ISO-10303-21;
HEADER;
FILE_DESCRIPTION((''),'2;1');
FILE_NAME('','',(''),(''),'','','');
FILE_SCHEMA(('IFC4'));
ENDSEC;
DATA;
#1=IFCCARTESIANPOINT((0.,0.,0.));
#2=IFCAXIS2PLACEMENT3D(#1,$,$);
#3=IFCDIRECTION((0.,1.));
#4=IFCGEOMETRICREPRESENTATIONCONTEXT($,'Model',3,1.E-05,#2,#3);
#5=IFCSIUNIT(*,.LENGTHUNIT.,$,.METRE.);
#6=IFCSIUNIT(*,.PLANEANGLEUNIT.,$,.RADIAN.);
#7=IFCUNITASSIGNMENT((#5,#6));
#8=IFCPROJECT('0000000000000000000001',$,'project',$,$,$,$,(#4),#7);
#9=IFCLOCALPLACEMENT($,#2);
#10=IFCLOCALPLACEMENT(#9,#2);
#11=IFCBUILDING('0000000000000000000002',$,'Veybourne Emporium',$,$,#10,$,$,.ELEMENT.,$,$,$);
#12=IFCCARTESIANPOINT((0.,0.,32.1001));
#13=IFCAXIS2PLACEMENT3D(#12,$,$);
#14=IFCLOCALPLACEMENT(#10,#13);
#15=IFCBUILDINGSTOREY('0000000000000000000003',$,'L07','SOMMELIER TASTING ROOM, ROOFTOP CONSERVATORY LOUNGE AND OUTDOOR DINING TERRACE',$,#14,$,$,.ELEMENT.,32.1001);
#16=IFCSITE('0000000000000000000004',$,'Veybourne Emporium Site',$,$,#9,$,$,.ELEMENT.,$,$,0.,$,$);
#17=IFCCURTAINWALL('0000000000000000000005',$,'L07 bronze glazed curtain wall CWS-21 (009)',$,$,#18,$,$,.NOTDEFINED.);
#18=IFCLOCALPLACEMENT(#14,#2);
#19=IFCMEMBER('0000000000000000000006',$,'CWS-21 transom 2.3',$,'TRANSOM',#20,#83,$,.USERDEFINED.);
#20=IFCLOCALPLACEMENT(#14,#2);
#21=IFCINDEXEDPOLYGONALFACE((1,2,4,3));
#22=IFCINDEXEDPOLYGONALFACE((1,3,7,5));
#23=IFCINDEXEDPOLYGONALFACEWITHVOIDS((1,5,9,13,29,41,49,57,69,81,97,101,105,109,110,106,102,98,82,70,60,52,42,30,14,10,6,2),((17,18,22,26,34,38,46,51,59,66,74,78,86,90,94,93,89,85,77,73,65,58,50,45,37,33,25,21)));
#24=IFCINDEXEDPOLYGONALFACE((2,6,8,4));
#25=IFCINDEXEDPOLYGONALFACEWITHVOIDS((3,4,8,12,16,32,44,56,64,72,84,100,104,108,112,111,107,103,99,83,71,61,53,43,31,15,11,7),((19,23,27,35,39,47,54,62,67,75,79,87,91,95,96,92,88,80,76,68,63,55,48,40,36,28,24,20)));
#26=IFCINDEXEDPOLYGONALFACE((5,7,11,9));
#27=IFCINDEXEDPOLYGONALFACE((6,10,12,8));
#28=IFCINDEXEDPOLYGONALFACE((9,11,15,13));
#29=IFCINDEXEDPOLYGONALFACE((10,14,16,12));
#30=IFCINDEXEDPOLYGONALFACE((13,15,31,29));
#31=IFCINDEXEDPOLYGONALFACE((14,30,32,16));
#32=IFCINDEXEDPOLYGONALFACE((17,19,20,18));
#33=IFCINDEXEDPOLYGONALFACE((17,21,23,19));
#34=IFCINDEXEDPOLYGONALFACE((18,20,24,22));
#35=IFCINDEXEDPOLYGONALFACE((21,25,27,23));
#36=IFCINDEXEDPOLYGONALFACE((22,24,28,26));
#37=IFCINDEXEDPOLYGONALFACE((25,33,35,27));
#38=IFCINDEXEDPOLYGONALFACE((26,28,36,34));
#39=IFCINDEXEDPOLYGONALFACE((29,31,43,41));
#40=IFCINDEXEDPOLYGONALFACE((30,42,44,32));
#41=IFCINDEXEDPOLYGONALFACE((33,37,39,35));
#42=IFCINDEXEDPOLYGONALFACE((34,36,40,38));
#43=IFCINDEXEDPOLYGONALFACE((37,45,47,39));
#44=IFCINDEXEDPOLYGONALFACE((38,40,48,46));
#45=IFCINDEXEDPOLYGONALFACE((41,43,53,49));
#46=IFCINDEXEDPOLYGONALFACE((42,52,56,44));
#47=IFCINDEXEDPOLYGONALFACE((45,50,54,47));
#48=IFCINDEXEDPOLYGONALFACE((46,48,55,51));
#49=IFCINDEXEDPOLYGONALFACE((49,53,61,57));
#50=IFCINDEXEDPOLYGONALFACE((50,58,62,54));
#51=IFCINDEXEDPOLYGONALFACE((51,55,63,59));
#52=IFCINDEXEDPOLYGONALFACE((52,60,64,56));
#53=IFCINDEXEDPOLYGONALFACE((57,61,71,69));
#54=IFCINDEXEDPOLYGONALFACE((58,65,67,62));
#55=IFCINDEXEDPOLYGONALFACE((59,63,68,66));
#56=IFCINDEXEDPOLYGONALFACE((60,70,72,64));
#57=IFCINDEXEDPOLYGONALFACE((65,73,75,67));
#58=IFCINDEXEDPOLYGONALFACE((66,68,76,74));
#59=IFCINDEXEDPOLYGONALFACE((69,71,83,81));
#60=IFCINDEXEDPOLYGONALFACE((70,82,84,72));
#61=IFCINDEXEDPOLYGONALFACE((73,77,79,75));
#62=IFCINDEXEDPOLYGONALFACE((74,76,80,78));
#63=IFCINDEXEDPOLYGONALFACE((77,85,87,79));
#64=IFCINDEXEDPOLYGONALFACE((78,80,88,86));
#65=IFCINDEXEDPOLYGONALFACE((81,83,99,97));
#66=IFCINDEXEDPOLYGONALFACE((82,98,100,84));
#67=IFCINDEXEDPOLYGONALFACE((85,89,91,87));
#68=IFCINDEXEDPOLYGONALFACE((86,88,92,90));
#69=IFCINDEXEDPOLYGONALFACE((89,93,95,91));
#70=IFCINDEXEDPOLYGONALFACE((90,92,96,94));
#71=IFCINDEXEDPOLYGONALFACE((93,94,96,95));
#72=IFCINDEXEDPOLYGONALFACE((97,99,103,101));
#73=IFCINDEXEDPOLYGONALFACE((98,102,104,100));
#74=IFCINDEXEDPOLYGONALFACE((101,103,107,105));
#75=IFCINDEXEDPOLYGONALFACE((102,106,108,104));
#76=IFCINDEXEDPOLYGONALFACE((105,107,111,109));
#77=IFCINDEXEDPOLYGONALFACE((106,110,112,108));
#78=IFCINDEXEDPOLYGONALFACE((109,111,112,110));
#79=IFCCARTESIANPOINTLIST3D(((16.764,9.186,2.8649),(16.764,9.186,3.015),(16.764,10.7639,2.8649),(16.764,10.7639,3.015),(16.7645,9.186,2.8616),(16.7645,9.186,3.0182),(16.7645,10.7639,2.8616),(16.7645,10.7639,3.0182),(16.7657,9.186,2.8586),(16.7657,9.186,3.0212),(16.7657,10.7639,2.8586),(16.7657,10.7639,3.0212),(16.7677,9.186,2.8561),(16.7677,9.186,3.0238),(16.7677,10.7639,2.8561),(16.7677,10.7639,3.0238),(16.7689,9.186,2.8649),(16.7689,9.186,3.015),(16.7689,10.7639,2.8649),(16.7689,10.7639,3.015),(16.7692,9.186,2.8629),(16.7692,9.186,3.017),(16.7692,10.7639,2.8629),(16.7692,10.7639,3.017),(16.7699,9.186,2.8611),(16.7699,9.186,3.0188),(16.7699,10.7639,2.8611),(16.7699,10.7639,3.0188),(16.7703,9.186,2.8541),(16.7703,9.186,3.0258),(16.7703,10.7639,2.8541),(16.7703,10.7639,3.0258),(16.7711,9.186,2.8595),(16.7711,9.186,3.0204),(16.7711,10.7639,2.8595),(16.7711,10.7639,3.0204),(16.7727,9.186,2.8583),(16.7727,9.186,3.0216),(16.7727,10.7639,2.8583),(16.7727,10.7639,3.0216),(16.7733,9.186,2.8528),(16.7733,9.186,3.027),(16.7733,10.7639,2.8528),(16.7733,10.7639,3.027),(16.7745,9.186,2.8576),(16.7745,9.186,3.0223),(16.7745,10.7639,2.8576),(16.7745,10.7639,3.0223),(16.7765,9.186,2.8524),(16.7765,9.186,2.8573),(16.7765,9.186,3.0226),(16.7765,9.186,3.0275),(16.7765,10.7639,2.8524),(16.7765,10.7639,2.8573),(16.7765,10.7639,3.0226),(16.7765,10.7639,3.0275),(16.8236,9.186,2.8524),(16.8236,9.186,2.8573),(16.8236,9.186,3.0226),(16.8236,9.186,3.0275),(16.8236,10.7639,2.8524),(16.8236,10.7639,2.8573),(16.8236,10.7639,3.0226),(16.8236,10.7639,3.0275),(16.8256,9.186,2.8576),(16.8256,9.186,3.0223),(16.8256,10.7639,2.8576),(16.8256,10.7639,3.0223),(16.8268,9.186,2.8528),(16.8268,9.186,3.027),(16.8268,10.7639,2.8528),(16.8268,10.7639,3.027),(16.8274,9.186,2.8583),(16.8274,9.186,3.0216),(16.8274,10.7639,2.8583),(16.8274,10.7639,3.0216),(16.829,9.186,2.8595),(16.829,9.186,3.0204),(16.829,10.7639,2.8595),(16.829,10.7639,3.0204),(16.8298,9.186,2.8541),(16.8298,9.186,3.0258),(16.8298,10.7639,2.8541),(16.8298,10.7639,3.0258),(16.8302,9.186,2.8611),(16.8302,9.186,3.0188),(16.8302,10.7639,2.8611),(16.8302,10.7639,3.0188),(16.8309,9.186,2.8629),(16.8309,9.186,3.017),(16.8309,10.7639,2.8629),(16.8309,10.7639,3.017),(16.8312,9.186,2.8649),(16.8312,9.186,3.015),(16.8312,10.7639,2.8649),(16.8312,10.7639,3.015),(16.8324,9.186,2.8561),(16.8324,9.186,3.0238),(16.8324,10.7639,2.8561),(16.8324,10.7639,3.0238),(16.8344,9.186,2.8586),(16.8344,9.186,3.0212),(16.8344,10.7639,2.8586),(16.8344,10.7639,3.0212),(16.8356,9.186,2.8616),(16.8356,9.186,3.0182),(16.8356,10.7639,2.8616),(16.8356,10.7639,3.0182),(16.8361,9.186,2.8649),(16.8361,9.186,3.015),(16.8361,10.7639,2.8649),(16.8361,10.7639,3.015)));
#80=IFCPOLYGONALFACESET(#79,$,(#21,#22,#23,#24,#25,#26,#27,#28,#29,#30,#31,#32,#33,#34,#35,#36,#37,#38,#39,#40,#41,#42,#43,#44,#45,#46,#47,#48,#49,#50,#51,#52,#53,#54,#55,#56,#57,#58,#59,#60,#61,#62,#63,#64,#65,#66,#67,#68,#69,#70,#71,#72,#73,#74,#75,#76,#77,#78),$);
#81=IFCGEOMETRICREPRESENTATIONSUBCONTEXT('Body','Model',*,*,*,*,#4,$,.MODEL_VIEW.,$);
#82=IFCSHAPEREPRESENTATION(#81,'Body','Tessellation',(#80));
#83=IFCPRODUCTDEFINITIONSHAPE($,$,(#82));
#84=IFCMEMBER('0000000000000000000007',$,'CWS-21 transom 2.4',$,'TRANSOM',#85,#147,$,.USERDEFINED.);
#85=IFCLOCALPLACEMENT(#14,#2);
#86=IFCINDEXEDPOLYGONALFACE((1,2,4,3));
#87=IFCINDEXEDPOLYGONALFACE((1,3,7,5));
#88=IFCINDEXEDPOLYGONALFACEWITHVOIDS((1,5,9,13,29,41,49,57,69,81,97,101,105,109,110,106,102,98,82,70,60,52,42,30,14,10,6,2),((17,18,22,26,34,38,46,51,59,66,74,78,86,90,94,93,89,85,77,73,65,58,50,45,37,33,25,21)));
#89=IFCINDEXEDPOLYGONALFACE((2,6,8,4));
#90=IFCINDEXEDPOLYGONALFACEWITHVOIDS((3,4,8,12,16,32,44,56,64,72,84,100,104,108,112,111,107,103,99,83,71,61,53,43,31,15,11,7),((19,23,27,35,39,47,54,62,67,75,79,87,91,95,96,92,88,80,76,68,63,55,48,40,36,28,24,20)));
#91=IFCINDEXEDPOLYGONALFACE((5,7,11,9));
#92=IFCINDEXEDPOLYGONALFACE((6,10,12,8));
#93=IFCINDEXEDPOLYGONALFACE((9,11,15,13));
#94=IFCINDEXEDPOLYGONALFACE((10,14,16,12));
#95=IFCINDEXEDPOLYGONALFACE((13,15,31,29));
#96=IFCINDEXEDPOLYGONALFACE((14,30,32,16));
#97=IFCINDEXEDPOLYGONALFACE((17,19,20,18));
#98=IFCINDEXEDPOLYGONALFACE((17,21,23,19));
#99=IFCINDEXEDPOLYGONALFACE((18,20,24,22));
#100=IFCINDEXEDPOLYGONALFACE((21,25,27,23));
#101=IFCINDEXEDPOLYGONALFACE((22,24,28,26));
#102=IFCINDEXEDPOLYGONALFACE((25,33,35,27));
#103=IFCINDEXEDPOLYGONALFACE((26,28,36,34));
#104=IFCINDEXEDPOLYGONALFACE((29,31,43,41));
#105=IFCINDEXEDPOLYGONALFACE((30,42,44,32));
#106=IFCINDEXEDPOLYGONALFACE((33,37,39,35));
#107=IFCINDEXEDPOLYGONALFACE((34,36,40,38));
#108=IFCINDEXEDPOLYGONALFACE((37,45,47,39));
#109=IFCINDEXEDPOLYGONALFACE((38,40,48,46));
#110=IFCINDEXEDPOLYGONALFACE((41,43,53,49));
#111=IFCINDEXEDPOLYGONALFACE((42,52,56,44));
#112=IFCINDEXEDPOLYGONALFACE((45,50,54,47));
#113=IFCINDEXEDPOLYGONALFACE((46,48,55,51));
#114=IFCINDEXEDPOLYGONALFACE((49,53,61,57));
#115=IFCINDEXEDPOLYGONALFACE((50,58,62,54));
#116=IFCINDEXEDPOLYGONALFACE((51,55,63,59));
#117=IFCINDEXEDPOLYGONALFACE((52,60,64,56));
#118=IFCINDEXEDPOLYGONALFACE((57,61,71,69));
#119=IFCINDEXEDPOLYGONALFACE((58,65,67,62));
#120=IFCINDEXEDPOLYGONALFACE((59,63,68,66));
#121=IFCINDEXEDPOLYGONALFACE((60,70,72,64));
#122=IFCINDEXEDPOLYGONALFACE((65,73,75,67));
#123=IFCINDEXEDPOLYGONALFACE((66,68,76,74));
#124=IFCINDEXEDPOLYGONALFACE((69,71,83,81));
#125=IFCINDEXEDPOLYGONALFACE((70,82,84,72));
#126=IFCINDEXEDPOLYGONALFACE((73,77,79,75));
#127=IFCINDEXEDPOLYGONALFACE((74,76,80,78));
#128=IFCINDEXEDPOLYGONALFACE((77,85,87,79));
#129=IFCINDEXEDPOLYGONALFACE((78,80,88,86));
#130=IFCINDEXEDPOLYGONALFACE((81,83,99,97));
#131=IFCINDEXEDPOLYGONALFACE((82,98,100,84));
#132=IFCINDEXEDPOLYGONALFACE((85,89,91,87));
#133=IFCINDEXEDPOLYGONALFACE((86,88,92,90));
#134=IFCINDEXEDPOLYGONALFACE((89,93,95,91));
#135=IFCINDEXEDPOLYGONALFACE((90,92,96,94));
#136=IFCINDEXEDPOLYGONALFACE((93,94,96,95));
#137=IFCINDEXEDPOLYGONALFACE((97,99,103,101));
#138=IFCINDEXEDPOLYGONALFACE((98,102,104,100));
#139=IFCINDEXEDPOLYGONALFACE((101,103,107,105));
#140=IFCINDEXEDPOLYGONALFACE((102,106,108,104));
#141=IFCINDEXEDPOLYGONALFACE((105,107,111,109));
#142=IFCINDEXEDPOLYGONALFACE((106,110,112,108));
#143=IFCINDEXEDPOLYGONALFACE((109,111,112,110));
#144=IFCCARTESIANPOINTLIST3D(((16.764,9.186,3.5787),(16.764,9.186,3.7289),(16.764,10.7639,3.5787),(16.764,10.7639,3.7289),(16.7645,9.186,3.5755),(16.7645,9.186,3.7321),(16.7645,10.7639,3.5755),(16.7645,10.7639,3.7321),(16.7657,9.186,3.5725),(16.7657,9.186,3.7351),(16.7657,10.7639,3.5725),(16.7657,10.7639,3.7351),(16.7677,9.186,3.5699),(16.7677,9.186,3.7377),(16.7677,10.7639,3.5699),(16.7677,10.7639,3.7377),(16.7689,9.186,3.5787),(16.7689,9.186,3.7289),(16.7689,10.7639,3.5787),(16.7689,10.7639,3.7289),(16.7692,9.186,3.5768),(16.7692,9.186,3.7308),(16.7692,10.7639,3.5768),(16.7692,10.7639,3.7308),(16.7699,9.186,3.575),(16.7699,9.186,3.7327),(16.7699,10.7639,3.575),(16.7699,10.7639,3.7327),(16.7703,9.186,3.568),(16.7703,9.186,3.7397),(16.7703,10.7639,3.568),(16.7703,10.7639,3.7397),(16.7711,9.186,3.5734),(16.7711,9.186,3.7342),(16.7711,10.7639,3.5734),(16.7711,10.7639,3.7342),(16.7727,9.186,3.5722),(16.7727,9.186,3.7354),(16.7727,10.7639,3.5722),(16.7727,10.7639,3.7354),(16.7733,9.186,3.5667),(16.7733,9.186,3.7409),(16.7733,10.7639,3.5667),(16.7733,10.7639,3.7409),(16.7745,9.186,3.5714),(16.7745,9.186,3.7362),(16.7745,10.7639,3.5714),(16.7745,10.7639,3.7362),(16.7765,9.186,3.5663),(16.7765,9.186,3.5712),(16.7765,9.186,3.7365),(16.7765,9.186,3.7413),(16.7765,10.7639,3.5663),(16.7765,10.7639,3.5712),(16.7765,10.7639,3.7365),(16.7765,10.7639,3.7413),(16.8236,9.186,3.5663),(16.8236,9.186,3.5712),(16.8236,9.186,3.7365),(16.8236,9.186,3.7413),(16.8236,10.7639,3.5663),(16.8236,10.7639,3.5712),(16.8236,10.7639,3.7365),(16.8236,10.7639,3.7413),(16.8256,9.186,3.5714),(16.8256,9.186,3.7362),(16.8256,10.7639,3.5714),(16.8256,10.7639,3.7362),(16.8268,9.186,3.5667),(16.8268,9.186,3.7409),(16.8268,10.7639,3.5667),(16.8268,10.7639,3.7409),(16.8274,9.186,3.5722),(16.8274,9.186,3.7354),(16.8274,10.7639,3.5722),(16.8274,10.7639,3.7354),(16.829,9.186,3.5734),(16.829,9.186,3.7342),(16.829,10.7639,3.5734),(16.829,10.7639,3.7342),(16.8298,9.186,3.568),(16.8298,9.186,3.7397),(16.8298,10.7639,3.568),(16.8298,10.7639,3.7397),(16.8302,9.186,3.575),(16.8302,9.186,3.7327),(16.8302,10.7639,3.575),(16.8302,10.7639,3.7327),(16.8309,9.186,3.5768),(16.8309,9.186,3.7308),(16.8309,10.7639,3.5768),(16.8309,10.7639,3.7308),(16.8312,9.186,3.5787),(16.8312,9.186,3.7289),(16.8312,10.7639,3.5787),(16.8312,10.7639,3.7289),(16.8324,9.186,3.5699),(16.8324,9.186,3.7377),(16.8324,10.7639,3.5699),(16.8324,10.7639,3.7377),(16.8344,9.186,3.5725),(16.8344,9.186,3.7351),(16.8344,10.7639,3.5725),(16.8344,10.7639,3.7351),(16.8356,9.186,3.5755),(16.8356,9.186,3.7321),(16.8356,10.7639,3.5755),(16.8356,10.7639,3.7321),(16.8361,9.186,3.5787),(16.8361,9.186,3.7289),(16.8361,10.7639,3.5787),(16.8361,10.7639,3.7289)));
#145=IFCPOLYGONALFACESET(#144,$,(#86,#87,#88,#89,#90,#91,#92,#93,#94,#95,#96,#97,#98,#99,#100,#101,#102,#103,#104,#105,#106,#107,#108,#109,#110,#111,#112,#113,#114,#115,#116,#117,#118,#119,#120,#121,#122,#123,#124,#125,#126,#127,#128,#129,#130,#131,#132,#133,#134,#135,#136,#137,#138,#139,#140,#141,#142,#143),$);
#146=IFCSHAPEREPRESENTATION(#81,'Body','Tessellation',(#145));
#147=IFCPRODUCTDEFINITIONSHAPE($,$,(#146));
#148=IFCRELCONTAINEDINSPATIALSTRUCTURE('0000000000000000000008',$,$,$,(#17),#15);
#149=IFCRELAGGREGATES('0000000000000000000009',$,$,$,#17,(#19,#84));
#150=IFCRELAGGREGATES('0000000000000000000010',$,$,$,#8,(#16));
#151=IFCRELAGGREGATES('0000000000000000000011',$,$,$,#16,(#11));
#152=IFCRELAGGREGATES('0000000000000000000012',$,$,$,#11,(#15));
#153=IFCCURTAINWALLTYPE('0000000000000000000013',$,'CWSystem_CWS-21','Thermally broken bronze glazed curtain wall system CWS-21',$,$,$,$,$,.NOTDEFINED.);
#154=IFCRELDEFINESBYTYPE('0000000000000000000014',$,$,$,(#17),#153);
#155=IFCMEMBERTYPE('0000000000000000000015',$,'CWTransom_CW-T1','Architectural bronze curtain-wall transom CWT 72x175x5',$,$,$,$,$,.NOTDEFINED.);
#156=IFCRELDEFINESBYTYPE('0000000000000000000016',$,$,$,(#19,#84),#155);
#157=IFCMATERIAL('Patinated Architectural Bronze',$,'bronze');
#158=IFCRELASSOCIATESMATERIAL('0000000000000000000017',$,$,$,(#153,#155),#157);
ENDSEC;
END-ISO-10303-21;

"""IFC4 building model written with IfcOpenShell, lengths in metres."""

from ifc_helpers import new_model, si_unit, direction, frame, origin, origin_2d, place, context, subcontext, project, spatial, hollow_rectangle, extrude, material, material_profile, profile_set, type_object, element, aggregate, save


model = new_model("IFC4")

# Units and contexts
model_context = context("Model", 3, precision=1e-05, world=origin(), true_north=direction((0.0, 1.0)))
body_context = subcontext(model_context, "Body", "Model", "MODEL_VIEW")
ifc_project = project(units=[si_unit("LENGTHUNIT", "METRE"), si_unit("PLANEANGLEUNIT", "RADIAN")], contexts=[model_context])

# Site, building, storey
site_placement = place(None, origin())
site = spatial("IfcSite", under=ifc_project, at=site_placement, Name="Veybourne Emporium Site", CompositionType="ELEMENT", RefElevation=0.0)
building_placement = place(site_placement, origin())
building = spatial("IfcBuilding", under=site, at=building_placement, Name="Veybourne Emporium", CompositionType="ELEMENT")
storey_placement = place(building_placement, frame((0.0, 0.0, 32.1001)))
storey = spatial("IfcBuildingStorey", under=building, at=storey_placement, Name="L07", Description="SOMMELIER TASTING ROOM, ROOFTOP CONSERVATORY LOUNGE AND OUTDOOR DINING TERRACE", CompositionType="ELEMENT", Elevation=32.1001)

# Curtain wall
ifc_material_1 = material(Name="Patinated Architectural Bronze", Category="bronze")
curtain_wall_type_1 = type_object("IfcCurtainWallType", Name="CWSystem_CWS-21", Description="Thermally broken bronze glazed curtain wall system CWS-21", PredefinedType="NOTDEFINED", material=ifc_material_1)
curtain_wall_1_placement = place(storey_placement, origin())
curtain_wall_1 = element("IfcCurtainWall", 1, at=curtain_wall_1_placement, inside=storey, type_object=curtain_wall_type_1, Name="L07 bronze glazed curtain wall CWS-21 (009)", PredefinedType="NOTDEFINED")

# Members
ifc_material_profile_1 = material_profile(ifc_material_1, hollow_rectangle(XDim=0.072, YDim=0.175, WallThickness=0.0049, InnerFilletRadius=0.0076, OuterFilletRadius=0.0125, at=origin_2d()), Name="CWT 72x175x5")
ifc_profile_set_1 = profile_set([ifc_material_profile_1], Name="Patinated Architectural Bronze")
member_type_1 = type_object("IfcMemberType", Name="CWTransom_CW-T1", Description="Architectural bronze curtain-wall transom CWT 72x175x5", PredefinedType="NOTDEFINED", material=ifc_profile_set_1)
member_1_placement = place(storey_placement, frame((16.8, 9.186, 2.9399), z_axis=(0.0, 1.0, 0.0), x_axis=(-1.0, 0.0, 0.0)))
member_1 = element("IfcMember", 2, at=member_1_placement, type_object=member_type_1, Name="CWS-21 transom 2.3", ObjectType="TRANSOM", PredefinedType="USERDEFINED", context=body_context, shape_type="SweptSolid", body=[
    extrude(hollow_rectangle(XDim=0.072, YDim=0.175, WallThickness=0.0049, InnerFilletRadius=0.0076, OuterFilletRadius=0.0125, at=origin_2d()), origin(), (0.0, 0.0, 1.0), 1.5779),
])
member_2_placement = place(storey_placement, frame((16.8, 9.186, 3.6538), z_axis=(0.0, 1.0, 0.0), x_axis=(-1.0, 0.0, 0.0)))
member_2 = element("IfcMember", 3, at=member_2_placement, type_object=member_type_1, Name="CWS-21 transom 2.4", ObjectType="TRANSOM", PredefinedType="USERDEFINED", context=body_context, shape_type="SweptSolid", body=[
    extrude(hollow_rectangle(XDim=0.072, YDim=0.175, WallThickness=0.0049, InnerFilletRadius=0.0076, OuterFilletRadius=0.0125, at=origin_2d()), origin(), (0.0, 0.0, 1.0), 1.5779),
])

aggregate(curtain_wall_1, [member_1, member_2])

save(model, "model.ifc")
